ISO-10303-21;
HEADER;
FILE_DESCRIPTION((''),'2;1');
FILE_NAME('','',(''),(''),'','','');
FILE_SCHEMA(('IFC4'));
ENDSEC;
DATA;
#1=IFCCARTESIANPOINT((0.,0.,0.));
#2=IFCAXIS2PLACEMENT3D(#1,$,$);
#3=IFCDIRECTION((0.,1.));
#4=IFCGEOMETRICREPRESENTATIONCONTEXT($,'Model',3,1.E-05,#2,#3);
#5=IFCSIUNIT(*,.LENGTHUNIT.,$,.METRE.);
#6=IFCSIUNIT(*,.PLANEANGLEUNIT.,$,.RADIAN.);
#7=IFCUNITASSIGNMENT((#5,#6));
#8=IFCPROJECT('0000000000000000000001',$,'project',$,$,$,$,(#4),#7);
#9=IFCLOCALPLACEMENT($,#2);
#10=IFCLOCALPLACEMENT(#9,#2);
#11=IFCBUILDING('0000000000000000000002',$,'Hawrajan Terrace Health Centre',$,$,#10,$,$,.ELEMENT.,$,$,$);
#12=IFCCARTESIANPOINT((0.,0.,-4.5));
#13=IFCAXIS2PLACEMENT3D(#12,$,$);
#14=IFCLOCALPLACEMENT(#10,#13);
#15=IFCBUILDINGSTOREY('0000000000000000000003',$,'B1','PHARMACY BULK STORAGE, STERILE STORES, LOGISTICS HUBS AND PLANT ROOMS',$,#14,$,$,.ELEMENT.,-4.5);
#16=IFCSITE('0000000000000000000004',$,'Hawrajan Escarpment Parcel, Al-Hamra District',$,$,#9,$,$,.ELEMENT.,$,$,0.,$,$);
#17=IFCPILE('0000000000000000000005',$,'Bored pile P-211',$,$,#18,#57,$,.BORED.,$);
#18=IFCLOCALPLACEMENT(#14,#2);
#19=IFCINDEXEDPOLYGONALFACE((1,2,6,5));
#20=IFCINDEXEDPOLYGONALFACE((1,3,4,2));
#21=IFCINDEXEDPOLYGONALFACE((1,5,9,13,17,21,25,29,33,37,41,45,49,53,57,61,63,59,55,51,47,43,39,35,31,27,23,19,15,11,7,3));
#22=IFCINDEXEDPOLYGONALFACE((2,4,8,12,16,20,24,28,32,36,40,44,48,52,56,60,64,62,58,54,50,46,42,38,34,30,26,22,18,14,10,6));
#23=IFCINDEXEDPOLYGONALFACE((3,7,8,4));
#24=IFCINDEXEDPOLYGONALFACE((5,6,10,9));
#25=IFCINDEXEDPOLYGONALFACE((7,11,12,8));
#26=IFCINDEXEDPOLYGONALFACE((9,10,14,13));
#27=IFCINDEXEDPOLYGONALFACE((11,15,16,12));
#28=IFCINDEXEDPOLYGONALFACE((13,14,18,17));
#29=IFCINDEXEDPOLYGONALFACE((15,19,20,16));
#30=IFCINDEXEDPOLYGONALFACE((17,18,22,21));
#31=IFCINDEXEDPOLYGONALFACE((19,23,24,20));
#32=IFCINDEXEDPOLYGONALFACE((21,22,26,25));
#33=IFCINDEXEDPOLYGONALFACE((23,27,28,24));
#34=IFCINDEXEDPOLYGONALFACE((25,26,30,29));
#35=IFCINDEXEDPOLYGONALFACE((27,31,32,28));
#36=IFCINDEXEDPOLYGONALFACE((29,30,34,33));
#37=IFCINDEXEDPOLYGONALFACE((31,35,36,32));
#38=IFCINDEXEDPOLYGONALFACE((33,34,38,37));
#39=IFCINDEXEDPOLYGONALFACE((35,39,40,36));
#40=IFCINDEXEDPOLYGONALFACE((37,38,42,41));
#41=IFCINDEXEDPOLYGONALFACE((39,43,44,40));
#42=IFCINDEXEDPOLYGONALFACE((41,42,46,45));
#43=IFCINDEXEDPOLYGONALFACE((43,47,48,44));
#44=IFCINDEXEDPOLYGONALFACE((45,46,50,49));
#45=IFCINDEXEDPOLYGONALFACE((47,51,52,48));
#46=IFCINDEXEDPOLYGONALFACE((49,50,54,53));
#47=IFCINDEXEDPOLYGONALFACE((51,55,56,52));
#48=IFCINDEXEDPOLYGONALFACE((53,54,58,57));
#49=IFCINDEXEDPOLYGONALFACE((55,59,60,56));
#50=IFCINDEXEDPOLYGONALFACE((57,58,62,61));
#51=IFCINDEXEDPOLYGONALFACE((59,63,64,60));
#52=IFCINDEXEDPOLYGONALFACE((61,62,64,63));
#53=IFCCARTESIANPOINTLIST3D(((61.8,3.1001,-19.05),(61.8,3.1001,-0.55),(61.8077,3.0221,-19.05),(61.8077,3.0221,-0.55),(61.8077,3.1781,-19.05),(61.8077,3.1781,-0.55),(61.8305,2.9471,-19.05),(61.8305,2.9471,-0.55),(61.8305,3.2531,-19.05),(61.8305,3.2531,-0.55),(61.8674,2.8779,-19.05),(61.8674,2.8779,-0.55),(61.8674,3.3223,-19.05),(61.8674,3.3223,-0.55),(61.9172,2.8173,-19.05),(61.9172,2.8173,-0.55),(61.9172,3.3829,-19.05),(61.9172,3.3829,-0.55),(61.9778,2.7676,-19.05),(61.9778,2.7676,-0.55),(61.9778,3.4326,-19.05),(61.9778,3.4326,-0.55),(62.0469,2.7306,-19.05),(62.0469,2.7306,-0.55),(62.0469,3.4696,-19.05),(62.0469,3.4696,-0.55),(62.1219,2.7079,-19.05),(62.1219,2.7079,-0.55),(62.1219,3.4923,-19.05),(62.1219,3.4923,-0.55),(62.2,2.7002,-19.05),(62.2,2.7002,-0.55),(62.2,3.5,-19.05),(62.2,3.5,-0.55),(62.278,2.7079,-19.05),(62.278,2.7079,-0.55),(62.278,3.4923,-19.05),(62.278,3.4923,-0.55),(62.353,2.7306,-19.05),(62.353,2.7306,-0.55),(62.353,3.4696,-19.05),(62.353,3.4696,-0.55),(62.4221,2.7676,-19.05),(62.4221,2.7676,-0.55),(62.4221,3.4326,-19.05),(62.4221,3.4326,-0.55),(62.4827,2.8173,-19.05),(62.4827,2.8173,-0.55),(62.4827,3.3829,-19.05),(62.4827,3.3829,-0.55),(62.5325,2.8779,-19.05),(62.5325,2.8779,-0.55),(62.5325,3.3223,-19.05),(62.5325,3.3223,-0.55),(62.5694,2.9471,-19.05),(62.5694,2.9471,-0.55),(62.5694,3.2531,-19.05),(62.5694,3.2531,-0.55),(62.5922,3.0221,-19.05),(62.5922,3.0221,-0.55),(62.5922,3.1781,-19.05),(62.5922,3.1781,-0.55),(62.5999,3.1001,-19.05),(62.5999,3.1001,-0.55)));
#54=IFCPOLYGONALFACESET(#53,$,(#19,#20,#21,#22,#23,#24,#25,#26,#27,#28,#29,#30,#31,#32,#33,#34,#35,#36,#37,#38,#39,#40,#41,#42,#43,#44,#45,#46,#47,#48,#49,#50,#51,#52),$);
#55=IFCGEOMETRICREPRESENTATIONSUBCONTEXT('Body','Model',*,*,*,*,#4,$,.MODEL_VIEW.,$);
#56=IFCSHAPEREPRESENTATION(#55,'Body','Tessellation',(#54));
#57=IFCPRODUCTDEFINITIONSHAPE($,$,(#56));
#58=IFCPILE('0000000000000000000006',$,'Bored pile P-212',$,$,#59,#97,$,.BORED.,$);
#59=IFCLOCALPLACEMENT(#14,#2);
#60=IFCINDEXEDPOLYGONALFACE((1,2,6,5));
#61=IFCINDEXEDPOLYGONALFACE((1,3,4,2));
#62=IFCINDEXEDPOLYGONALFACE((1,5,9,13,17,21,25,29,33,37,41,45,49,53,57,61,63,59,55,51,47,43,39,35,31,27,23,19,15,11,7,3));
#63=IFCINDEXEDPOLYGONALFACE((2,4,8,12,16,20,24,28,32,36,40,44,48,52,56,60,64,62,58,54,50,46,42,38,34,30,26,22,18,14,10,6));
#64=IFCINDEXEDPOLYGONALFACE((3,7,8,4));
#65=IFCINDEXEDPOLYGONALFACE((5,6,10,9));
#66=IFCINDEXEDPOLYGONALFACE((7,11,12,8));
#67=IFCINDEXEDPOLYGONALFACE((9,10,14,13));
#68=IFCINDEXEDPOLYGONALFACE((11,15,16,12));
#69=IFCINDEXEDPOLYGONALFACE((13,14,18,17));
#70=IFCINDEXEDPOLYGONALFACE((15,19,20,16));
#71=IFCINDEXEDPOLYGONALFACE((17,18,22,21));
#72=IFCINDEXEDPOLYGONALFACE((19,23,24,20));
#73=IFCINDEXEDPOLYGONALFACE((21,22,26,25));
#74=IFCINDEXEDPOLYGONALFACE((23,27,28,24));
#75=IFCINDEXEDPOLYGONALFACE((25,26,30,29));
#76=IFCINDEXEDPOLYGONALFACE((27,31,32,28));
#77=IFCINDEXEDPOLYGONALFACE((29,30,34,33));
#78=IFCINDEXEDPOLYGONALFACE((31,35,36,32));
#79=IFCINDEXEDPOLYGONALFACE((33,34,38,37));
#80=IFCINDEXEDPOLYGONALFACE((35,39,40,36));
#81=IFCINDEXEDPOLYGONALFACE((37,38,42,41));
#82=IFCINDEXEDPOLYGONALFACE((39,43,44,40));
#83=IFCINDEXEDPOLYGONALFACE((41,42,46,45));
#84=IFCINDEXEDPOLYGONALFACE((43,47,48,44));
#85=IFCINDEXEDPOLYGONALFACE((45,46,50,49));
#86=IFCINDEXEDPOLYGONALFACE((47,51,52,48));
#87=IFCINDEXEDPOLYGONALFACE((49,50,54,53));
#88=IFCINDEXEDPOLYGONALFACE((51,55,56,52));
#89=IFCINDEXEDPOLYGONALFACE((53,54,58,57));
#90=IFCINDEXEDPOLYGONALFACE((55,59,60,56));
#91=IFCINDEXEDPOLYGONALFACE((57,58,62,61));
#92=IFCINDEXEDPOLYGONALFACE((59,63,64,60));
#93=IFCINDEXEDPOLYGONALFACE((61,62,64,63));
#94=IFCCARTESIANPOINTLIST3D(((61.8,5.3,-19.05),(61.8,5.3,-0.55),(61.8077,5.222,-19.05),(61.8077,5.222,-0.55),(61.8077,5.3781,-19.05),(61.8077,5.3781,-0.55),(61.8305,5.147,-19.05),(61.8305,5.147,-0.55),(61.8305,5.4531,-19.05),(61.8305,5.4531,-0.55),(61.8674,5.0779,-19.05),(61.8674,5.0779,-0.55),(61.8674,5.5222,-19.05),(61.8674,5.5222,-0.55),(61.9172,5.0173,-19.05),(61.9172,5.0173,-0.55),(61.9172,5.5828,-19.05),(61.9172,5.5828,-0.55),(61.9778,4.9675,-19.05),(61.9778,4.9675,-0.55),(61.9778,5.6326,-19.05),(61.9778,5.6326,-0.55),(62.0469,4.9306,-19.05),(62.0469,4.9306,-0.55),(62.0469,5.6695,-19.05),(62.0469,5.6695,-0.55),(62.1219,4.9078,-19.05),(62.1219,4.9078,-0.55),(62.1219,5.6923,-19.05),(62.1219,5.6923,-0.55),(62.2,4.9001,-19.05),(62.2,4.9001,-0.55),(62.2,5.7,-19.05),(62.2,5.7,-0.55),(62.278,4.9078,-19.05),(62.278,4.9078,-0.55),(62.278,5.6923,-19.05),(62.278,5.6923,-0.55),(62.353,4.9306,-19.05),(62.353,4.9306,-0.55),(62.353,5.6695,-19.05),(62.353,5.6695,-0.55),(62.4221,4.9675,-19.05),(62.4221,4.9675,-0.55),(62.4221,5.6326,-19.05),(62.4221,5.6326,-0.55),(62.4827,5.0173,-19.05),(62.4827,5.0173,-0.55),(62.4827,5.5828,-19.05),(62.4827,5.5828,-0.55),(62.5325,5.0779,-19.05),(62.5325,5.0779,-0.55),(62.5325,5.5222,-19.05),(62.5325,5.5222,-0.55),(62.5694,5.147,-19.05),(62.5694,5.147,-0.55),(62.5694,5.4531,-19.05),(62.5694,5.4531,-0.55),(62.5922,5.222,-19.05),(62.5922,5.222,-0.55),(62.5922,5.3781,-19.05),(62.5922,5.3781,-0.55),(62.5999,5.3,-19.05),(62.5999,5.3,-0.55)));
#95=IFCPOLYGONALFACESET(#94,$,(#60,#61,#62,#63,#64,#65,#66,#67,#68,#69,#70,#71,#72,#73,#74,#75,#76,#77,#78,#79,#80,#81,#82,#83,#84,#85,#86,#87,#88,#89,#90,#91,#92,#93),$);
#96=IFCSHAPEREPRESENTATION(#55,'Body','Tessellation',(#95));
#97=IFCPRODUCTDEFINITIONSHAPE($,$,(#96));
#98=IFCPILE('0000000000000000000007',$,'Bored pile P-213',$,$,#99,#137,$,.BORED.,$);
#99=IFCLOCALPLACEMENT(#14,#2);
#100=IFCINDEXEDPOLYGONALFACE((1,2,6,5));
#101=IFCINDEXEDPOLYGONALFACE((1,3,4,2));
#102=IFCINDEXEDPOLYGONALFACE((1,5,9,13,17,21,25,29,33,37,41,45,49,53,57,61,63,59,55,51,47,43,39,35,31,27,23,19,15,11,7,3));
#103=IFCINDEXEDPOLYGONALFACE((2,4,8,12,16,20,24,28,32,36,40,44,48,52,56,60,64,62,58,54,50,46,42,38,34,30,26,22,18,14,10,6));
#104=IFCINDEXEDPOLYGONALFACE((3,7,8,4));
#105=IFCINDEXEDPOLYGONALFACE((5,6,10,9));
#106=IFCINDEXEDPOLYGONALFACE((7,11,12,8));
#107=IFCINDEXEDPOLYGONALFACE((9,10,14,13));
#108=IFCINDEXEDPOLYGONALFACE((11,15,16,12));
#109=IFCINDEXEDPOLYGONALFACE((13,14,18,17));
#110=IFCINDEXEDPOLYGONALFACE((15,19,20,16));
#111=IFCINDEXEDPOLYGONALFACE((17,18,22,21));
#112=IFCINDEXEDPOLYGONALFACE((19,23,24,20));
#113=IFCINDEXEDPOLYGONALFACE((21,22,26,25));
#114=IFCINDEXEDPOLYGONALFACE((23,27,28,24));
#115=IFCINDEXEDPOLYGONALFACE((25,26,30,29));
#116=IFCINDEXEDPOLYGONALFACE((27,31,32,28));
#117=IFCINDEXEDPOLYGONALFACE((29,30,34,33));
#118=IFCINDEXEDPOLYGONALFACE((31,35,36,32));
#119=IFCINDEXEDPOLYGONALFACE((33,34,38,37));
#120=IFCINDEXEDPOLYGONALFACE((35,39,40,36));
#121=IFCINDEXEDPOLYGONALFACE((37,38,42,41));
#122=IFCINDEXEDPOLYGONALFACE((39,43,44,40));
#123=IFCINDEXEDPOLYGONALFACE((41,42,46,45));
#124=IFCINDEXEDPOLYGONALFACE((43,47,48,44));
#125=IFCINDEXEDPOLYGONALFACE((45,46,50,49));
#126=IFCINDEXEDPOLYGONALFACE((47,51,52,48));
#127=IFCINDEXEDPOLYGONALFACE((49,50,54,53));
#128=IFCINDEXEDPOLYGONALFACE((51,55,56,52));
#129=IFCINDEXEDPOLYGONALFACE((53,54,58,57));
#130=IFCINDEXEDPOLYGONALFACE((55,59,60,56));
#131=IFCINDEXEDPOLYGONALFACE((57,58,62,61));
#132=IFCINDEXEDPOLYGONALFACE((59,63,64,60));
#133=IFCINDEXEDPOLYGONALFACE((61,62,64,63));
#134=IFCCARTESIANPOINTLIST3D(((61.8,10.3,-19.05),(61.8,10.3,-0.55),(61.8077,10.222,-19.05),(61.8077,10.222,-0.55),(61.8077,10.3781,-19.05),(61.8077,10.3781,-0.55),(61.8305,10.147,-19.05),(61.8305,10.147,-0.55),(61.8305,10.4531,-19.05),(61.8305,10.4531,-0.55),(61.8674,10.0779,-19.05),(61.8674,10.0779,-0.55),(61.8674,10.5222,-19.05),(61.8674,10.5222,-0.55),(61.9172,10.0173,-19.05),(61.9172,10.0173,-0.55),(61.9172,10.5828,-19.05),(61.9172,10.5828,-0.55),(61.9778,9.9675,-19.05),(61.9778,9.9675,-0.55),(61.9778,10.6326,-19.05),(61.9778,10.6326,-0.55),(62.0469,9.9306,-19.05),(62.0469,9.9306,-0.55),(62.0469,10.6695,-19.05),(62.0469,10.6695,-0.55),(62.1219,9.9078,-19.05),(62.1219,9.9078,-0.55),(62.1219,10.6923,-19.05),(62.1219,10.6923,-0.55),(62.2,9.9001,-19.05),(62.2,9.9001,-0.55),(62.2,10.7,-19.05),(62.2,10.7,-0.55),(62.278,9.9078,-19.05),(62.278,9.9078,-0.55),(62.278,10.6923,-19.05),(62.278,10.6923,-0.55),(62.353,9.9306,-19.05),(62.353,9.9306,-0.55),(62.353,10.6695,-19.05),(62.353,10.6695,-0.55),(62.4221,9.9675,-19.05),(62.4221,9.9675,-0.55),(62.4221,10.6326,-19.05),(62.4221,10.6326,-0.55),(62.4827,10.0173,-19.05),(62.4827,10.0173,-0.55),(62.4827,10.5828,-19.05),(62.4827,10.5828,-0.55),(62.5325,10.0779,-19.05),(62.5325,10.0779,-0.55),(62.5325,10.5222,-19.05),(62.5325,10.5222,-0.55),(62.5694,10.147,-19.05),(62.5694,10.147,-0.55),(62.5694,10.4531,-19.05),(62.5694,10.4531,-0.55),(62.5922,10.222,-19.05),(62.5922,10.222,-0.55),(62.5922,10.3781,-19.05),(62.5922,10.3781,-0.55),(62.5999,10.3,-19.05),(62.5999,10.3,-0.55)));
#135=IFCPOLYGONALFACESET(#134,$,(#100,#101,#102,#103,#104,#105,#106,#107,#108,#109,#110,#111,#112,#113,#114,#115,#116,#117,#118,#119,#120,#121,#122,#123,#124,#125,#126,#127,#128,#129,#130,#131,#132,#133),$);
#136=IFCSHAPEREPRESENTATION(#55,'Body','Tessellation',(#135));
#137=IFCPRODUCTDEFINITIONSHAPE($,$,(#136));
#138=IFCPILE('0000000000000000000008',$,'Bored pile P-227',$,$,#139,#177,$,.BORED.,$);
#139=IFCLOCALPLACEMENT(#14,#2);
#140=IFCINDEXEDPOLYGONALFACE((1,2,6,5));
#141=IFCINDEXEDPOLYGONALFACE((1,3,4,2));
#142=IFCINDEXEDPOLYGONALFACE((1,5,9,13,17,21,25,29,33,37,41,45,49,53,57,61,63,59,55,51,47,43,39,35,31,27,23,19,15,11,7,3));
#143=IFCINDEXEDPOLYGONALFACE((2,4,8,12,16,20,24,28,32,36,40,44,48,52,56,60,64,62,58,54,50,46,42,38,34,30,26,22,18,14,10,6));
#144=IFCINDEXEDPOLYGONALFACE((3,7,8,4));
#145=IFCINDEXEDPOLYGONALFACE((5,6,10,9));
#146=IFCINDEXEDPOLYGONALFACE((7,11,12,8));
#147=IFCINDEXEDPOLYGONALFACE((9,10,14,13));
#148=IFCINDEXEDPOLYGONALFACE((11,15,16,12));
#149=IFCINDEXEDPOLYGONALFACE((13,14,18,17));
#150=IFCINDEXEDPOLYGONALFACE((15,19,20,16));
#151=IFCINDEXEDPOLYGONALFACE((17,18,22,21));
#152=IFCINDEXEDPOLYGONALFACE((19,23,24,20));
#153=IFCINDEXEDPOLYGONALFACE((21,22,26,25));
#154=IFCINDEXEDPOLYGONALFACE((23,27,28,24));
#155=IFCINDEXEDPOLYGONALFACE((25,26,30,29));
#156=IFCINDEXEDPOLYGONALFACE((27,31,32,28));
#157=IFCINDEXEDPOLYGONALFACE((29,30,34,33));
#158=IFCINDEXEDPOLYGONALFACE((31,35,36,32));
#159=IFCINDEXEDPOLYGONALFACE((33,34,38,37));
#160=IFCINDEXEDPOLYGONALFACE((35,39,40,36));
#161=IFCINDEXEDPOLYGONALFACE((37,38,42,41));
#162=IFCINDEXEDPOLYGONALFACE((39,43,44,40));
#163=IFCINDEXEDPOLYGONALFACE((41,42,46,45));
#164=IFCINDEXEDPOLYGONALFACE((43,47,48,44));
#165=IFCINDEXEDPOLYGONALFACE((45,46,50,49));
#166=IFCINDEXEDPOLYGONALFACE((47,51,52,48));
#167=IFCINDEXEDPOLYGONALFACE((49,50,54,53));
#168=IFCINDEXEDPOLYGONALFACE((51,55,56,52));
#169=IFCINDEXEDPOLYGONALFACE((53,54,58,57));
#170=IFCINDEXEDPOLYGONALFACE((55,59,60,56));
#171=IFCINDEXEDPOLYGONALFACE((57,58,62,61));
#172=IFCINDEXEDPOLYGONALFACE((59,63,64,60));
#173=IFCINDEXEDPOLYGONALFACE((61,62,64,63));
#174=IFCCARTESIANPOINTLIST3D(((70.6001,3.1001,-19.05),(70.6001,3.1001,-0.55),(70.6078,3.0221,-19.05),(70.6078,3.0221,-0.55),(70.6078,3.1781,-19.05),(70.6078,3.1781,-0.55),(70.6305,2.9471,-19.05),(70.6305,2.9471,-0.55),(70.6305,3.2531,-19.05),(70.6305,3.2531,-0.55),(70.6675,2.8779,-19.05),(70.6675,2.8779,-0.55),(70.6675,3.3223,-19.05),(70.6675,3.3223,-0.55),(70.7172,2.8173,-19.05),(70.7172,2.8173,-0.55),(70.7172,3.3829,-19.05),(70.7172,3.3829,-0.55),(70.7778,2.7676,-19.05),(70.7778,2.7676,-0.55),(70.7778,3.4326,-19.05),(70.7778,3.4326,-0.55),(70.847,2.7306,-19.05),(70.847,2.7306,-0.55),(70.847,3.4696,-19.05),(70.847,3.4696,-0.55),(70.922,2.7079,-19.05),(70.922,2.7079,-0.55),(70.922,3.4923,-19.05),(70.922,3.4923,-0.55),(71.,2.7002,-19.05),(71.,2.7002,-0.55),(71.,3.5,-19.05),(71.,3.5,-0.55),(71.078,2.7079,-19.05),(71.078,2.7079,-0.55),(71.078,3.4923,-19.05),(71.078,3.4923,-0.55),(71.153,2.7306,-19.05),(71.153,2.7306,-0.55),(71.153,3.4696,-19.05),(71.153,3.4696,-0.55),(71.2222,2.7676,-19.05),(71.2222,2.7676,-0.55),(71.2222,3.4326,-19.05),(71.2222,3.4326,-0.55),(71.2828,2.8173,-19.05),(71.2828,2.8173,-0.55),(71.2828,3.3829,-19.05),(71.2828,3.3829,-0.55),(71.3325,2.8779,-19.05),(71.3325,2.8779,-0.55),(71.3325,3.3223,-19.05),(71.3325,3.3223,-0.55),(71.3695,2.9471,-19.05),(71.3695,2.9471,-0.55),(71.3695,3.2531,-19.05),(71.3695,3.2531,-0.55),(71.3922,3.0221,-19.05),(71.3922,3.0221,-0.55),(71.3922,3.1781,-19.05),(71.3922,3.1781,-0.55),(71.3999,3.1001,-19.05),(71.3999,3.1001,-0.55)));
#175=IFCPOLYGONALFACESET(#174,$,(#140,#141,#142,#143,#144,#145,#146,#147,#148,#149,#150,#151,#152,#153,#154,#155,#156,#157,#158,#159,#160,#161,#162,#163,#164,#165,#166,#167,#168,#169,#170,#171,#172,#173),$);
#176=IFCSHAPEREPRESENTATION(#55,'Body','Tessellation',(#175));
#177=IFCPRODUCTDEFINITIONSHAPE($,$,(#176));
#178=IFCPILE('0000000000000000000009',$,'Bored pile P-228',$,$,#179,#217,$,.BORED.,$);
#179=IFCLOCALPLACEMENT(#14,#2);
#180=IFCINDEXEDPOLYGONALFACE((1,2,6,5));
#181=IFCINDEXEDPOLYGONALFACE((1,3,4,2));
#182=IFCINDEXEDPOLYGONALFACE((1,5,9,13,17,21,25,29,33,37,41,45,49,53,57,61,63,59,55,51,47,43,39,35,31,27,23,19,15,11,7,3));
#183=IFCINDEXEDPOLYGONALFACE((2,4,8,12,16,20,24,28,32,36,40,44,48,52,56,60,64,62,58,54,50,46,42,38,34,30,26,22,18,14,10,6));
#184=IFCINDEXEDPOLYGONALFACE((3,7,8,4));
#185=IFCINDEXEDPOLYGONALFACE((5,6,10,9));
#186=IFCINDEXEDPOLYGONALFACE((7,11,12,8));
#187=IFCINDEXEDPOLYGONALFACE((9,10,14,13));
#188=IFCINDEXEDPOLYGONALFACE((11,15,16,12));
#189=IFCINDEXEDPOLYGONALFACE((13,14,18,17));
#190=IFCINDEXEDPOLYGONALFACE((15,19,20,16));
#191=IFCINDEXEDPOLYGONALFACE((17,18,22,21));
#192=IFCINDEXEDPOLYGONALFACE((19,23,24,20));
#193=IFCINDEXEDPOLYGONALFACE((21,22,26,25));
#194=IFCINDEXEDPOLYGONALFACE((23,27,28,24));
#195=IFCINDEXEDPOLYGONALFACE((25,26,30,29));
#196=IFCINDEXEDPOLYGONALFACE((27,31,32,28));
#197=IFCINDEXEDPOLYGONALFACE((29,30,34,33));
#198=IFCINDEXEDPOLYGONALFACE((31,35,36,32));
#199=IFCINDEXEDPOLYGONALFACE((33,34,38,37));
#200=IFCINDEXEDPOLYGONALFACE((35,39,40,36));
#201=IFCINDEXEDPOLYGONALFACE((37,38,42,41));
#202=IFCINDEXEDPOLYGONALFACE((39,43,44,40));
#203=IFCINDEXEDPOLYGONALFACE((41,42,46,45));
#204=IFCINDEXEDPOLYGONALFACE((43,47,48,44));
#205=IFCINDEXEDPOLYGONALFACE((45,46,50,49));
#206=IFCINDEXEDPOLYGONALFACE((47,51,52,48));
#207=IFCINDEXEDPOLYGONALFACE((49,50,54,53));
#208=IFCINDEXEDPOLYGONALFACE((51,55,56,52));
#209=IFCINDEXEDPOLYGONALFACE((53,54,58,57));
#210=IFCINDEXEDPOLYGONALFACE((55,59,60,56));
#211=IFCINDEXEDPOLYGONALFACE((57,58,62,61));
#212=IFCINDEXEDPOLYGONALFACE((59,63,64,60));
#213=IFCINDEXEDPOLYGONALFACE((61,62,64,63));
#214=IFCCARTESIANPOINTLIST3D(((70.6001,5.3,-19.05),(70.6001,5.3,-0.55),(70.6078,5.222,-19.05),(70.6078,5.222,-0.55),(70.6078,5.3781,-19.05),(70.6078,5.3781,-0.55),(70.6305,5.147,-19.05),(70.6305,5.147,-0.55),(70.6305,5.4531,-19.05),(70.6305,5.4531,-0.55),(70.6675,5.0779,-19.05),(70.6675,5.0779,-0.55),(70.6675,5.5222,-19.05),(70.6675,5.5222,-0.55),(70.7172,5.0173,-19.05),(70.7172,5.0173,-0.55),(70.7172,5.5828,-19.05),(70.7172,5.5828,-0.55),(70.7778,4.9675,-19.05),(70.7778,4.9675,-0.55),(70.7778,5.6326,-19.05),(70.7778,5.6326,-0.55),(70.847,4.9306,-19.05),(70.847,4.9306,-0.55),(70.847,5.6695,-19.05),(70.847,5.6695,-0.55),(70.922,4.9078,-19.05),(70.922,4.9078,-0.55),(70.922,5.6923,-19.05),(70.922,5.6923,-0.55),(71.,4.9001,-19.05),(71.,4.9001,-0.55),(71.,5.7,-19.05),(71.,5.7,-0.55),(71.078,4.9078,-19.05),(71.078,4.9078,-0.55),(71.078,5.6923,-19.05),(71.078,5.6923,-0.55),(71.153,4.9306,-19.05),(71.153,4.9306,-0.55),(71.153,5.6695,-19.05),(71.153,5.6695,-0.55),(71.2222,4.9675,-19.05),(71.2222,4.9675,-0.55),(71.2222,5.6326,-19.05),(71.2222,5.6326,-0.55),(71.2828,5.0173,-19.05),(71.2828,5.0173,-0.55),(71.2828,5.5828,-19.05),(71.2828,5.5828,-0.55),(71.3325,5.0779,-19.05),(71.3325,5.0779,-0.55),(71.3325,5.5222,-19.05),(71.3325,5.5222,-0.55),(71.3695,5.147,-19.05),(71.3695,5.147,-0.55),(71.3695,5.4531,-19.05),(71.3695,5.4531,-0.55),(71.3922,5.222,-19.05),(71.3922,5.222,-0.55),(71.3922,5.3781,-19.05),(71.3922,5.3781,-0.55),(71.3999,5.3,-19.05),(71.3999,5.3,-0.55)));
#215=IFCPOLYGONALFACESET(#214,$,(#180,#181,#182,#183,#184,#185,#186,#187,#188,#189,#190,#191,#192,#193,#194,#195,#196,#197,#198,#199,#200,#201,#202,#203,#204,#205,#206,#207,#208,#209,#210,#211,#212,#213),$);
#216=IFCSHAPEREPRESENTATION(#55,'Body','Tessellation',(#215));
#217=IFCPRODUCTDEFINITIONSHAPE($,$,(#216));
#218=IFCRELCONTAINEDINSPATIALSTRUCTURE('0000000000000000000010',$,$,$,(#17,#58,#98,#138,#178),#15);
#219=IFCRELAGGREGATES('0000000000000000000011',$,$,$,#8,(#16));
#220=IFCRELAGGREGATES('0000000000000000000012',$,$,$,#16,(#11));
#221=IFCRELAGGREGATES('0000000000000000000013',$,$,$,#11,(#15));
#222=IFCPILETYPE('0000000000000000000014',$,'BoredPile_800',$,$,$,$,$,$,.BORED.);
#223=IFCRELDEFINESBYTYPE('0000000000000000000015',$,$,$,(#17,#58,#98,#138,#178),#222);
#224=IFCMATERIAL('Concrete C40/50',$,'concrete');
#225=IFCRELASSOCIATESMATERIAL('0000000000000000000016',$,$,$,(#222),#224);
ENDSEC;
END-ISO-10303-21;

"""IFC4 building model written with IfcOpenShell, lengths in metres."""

from ifc_helpers import new_model, si_unit, direction, frame, origin, origin_2d, place, context, subcontext, project, spatial, circle, extrude, material, material_profile, profile_set, type_object, element, save


model = new_model("IFC4")

# Units and contexts
model_context = context("Model", 3, precision=1e-05, world=origin(), true_north=direction((0.0, 1.0)))
body_context = subcontext(model_context, "Body", "Model", "MODEL_VIEW")
ifc_project = project(units=[si_unit("LENGTHUNIT", "METRE"), si_unit("PLANEANGLEUNIT", "RADIAN")], contexts=[model_context])

# Site, building, storey
site_placement = place(None, origin())
site = spatial("IfcSite", under=ifc_project, at=site_placement, Name="Hawrajan Escarpment Parcel, Al-Hamra District", CompositionType="ELEMENT", RefElevation=0.0)
building_placement = place(site_placement, origin())
building = spatial("IfcBuilding", under=site, at=building_placement, Name="Hawrajan Terrace Health Centre", CompositionType="ELEMENT")
storey_placement = place(building_placement, frame((0.0, 0.0, -4.5)))
storey = spatial("IfcBuildingStorey", under=building, at=storey_placement, Name="B1", Description="PHARMACY BULK STORAGE, STERILE STORES, LOGISTICS HUBS AND PLANT ROOMS", CompositionType="ELEMENT", Elevation=-4.5)

# Piles
ifc_material_1 = material(Name="Concrete C40/50", Category="concrete")
ifc_material_profile_1 = material_profile(ifc_material_1, circle(Radius=0.3999, at=origin_2d()), Name="BP 800")
ifc_profile_set_1 = profile_set([ifc_material_profile_1], Name="Concrete C40/50")
pile_type = type_object("IfcPileType", Name="BoredPile_800", PredefinedType="BORED", material=ifc_profile_set_1)
for number, where, z_axis, x_axis, name in (
    (1, (62.2, 3.1001, -0.55), (0.0, 0.0, -1.0), (1.0, 0.0, 0.0), "Bored pile P-211"),
    (2, (62.2, 5.3, -0.55), (0.0, 0.0, -1.0), (1.0, 0.0, 0.0), "Bored pile P-212"),
    (3, (62.2, 10.3, -0.55), (0.0, 0.0, -1.0), (1.0, 0.0, 0.0), "Bored pile P-213"),
    (4, (71.0, 3.1001, -0.55), (0.0, 0.0, -1.0), (1.0, 0.0, 0.0), "Bored pile P-227"),
    (5, (71.0, 5.3, -0.55), (0.0, 0.0, -1.0), (1.0, 0.0, 0.0), "Bored pile P-228"),
):
    element("IfcPile", number, at=place(storey_placement, frame(where, z_axis=z_axis, x_axis=x_axis)), inside=storey, type_object=pile_type, Name=name, PredefinedType="BORED", context=body_context, shape_type="SweptSolid", body=[
        extrude(circle(Radius=0.3999, at=origin_2d()), origin(), (0.0, 0.0, 1.0), 18.5),
    ])

save(model, "model.ifc")
